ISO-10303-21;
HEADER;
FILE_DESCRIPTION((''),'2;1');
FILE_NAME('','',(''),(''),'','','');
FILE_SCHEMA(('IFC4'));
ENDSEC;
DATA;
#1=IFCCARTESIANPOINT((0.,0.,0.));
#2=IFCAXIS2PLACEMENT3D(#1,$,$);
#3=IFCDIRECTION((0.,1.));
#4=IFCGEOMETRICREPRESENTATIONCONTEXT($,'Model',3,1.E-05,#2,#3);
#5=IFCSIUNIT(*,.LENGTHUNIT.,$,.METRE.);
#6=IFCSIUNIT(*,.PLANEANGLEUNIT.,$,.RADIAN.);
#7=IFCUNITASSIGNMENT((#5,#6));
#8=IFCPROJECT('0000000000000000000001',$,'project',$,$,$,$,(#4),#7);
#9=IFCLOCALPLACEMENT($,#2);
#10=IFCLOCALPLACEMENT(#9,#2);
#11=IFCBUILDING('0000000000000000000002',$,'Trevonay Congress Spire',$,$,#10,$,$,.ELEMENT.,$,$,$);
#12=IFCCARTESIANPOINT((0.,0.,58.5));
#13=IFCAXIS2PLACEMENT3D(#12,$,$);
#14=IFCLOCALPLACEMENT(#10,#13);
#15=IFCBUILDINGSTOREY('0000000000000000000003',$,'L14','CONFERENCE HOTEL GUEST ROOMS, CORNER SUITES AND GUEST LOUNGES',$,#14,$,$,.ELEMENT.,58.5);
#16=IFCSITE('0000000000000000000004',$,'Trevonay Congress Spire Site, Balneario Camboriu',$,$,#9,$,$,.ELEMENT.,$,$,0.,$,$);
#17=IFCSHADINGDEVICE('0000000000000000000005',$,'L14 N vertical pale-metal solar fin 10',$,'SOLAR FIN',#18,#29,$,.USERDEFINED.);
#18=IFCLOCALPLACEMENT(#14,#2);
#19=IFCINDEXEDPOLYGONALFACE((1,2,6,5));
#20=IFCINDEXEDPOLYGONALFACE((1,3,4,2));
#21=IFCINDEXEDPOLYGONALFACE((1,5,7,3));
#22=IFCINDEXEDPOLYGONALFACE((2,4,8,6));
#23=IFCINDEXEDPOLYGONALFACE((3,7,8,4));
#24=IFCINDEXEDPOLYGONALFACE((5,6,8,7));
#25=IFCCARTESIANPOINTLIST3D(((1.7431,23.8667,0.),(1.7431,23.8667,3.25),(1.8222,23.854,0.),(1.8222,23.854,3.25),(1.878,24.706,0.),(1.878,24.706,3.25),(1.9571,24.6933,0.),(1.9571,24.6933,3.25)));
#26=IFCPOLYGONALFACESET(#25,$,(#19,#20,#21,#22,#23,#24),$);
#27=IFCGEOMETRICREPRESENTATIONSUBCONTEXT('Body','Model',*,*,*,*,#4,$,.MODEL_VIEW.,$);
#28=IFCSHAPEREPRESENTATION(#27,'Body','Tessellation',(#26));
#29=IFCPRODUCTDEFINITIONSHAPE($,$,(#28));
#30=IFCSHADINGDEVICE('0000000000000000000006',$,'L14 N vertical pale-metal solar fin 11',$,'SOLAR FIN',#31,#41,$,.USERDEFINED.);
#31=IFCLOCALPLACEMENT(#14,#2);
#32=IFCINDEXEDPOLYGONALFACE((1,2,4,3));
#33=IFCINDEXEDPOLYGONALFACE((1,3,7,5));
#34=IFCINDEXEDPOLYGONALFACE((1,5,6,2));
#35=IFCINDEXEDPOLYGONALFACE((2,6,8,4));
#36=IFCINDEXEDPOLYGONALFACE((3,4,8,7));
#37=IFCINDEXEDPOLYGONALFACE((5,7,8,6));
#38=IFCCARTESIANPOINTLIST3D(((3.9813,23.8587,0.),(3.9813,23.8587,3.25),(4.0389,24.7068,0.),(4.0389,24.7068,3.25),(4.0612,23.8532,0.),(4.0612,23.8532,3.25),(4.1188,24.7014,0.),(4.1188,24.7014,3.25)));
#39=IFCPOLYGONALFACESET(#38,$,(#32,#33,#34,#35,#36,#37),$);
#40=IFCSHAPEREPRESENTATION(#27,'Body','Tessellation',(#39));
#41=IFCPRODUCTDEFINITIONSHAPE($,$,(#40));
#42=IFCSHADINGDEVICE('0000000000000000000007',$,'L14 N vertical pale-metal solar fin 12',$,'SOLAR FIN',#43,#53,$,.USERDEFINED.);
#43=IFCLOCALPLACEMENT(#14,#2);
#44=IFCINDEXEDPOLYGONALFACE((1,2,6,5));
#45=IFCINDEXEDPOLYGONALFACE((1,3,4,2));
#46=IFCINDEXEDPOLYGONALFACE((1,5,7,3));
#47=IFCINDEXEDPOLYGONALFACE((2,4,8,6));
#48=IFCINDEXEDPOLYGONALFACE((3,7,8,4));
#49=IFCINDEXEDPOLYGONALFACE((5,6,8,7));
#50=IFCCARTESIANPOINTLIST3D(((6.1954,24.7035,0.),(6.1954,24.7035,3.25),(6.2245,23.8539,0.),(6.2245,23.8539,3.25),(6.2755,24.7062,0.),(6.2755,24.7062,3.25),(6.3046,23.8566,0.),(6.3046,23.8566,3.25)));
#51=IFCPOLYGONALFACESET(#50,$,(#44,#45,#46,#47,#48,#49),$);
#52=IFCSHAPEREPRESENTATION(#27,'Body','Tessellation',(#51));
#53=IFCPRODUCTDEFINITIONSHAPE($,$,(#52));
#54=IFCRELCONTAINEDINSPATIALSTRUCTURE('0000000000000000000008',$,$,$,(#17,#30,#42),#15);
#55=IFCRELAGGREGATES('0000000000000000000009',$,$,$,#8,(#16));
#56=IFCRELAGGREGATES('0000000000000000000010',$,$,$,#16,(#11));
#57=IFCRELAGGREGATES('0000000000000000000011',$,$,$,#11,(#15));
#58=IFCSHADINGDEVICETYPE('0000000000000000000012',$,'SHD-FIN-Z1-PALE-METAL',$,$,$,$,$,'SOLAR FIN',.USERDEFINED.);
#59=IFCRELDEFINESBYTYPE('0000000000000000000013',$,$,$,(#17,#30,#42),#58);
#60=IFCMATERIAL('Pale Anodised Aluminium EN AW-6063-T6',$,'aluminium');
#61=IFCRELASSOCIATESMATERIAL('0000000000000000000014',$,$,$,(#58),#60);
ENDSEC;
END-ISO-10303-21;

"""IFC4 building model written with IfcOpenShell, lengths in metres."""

from ifc_helpers import new_model, si_unit, direction, frame, origin, origin_2d, place, context, subcontext, project, spatial, rectangle, extrude, material, type_object, element, save


model = new_model("IFC4")

# Units and contexts
model_context = context("Model", 3, precision=1e-05, world=origin(), true_north=direction((0.0, 1.0)))
body_context = subcontext(model_context, "Body", "Model", "MODEL_VIEW")
ifc_project = project(units=[si_unit("LENGTHUNIT", "METRE"), si_unit("PLANEANGLEUNIT", "RADIAN")], contexts=[model_context])

# Site, building, storey
site_placement = place(None, origin())
site = spatial("IfcSite", under=ifc_project, at=site_placement, Name="Trevonay Congress Spire Site, Balneario Camboriu", CompositionType="ELEMENT", RefElevation=0.0)
building_placement = place(site_placement, origin())
building = spatial("IfcBuilding", under=site, at=building_placement, Name="Trevonay Congress Spire", CompositionType="ELEMENT")
storey_placement = place(building_placement, frame((0.0, 0.0, 58.5)))
storey = spatial("IfcBuildingStorey", under=building, at=storey_placement, Name="L14", Description="CONFERENCE HOTEL GUEST ROOMS, CORNER SUITES AND GUEST LOUNGES", CompositionType="ELEMENT", Elevation=58.5)

# Shared definitions
ifc_material_1 = material(Name="Pale Anodised Aluminium EN AW-6063-T6", Category="aluminium")

# Shading devices
shading_device_type = type_object("IfcShadingDeviceType", Name="SHD-FIN-Z1-PALE-METAL", ElementType="SOLAR FIN", PredefinedType="USERDEFINED", material=ifc_material_1)
for number, where, z_axis, x_axis, name in (
    (1, (1.8501, 24.28, 0.0), (0.0, 0.0, 1.0), (0.987331, -0.158675, 0.0), "L14 N vertical pale-metal solar fin 10"),
    (2, (4.05, 24.28, 0.0), (0.0, 0.0, 1.0), (0.997708, -0.067667, 0.0), "L14 N vertical pale-metal solar fin 11"),
    (3, (6.25, 24.28, 0.0), (0.0, 0.0, 1.0), (0.999415, 0.034202, 0.0), "L14 N vertical pale-metal solar fin 12"),
):
    element("IfcShadingDevice", number, at=place(storey_placement, frame(where, z_axis=z_axis, x_axis=x_axis)), inside=storey, type_object=shading_device_type, Name=name, ObjectType="SOLAR FIN", PredefinedType="USERDEFINED", context=body_context, shape_type="SweptSolid", body=[
        extrude(rectangle(XDim=0.0801, YDim=0.8501, at=origin_2d()), origin(), (0.0, 0.0, 1.0), 3.25),
    ])

save(model, "model.ifc")
